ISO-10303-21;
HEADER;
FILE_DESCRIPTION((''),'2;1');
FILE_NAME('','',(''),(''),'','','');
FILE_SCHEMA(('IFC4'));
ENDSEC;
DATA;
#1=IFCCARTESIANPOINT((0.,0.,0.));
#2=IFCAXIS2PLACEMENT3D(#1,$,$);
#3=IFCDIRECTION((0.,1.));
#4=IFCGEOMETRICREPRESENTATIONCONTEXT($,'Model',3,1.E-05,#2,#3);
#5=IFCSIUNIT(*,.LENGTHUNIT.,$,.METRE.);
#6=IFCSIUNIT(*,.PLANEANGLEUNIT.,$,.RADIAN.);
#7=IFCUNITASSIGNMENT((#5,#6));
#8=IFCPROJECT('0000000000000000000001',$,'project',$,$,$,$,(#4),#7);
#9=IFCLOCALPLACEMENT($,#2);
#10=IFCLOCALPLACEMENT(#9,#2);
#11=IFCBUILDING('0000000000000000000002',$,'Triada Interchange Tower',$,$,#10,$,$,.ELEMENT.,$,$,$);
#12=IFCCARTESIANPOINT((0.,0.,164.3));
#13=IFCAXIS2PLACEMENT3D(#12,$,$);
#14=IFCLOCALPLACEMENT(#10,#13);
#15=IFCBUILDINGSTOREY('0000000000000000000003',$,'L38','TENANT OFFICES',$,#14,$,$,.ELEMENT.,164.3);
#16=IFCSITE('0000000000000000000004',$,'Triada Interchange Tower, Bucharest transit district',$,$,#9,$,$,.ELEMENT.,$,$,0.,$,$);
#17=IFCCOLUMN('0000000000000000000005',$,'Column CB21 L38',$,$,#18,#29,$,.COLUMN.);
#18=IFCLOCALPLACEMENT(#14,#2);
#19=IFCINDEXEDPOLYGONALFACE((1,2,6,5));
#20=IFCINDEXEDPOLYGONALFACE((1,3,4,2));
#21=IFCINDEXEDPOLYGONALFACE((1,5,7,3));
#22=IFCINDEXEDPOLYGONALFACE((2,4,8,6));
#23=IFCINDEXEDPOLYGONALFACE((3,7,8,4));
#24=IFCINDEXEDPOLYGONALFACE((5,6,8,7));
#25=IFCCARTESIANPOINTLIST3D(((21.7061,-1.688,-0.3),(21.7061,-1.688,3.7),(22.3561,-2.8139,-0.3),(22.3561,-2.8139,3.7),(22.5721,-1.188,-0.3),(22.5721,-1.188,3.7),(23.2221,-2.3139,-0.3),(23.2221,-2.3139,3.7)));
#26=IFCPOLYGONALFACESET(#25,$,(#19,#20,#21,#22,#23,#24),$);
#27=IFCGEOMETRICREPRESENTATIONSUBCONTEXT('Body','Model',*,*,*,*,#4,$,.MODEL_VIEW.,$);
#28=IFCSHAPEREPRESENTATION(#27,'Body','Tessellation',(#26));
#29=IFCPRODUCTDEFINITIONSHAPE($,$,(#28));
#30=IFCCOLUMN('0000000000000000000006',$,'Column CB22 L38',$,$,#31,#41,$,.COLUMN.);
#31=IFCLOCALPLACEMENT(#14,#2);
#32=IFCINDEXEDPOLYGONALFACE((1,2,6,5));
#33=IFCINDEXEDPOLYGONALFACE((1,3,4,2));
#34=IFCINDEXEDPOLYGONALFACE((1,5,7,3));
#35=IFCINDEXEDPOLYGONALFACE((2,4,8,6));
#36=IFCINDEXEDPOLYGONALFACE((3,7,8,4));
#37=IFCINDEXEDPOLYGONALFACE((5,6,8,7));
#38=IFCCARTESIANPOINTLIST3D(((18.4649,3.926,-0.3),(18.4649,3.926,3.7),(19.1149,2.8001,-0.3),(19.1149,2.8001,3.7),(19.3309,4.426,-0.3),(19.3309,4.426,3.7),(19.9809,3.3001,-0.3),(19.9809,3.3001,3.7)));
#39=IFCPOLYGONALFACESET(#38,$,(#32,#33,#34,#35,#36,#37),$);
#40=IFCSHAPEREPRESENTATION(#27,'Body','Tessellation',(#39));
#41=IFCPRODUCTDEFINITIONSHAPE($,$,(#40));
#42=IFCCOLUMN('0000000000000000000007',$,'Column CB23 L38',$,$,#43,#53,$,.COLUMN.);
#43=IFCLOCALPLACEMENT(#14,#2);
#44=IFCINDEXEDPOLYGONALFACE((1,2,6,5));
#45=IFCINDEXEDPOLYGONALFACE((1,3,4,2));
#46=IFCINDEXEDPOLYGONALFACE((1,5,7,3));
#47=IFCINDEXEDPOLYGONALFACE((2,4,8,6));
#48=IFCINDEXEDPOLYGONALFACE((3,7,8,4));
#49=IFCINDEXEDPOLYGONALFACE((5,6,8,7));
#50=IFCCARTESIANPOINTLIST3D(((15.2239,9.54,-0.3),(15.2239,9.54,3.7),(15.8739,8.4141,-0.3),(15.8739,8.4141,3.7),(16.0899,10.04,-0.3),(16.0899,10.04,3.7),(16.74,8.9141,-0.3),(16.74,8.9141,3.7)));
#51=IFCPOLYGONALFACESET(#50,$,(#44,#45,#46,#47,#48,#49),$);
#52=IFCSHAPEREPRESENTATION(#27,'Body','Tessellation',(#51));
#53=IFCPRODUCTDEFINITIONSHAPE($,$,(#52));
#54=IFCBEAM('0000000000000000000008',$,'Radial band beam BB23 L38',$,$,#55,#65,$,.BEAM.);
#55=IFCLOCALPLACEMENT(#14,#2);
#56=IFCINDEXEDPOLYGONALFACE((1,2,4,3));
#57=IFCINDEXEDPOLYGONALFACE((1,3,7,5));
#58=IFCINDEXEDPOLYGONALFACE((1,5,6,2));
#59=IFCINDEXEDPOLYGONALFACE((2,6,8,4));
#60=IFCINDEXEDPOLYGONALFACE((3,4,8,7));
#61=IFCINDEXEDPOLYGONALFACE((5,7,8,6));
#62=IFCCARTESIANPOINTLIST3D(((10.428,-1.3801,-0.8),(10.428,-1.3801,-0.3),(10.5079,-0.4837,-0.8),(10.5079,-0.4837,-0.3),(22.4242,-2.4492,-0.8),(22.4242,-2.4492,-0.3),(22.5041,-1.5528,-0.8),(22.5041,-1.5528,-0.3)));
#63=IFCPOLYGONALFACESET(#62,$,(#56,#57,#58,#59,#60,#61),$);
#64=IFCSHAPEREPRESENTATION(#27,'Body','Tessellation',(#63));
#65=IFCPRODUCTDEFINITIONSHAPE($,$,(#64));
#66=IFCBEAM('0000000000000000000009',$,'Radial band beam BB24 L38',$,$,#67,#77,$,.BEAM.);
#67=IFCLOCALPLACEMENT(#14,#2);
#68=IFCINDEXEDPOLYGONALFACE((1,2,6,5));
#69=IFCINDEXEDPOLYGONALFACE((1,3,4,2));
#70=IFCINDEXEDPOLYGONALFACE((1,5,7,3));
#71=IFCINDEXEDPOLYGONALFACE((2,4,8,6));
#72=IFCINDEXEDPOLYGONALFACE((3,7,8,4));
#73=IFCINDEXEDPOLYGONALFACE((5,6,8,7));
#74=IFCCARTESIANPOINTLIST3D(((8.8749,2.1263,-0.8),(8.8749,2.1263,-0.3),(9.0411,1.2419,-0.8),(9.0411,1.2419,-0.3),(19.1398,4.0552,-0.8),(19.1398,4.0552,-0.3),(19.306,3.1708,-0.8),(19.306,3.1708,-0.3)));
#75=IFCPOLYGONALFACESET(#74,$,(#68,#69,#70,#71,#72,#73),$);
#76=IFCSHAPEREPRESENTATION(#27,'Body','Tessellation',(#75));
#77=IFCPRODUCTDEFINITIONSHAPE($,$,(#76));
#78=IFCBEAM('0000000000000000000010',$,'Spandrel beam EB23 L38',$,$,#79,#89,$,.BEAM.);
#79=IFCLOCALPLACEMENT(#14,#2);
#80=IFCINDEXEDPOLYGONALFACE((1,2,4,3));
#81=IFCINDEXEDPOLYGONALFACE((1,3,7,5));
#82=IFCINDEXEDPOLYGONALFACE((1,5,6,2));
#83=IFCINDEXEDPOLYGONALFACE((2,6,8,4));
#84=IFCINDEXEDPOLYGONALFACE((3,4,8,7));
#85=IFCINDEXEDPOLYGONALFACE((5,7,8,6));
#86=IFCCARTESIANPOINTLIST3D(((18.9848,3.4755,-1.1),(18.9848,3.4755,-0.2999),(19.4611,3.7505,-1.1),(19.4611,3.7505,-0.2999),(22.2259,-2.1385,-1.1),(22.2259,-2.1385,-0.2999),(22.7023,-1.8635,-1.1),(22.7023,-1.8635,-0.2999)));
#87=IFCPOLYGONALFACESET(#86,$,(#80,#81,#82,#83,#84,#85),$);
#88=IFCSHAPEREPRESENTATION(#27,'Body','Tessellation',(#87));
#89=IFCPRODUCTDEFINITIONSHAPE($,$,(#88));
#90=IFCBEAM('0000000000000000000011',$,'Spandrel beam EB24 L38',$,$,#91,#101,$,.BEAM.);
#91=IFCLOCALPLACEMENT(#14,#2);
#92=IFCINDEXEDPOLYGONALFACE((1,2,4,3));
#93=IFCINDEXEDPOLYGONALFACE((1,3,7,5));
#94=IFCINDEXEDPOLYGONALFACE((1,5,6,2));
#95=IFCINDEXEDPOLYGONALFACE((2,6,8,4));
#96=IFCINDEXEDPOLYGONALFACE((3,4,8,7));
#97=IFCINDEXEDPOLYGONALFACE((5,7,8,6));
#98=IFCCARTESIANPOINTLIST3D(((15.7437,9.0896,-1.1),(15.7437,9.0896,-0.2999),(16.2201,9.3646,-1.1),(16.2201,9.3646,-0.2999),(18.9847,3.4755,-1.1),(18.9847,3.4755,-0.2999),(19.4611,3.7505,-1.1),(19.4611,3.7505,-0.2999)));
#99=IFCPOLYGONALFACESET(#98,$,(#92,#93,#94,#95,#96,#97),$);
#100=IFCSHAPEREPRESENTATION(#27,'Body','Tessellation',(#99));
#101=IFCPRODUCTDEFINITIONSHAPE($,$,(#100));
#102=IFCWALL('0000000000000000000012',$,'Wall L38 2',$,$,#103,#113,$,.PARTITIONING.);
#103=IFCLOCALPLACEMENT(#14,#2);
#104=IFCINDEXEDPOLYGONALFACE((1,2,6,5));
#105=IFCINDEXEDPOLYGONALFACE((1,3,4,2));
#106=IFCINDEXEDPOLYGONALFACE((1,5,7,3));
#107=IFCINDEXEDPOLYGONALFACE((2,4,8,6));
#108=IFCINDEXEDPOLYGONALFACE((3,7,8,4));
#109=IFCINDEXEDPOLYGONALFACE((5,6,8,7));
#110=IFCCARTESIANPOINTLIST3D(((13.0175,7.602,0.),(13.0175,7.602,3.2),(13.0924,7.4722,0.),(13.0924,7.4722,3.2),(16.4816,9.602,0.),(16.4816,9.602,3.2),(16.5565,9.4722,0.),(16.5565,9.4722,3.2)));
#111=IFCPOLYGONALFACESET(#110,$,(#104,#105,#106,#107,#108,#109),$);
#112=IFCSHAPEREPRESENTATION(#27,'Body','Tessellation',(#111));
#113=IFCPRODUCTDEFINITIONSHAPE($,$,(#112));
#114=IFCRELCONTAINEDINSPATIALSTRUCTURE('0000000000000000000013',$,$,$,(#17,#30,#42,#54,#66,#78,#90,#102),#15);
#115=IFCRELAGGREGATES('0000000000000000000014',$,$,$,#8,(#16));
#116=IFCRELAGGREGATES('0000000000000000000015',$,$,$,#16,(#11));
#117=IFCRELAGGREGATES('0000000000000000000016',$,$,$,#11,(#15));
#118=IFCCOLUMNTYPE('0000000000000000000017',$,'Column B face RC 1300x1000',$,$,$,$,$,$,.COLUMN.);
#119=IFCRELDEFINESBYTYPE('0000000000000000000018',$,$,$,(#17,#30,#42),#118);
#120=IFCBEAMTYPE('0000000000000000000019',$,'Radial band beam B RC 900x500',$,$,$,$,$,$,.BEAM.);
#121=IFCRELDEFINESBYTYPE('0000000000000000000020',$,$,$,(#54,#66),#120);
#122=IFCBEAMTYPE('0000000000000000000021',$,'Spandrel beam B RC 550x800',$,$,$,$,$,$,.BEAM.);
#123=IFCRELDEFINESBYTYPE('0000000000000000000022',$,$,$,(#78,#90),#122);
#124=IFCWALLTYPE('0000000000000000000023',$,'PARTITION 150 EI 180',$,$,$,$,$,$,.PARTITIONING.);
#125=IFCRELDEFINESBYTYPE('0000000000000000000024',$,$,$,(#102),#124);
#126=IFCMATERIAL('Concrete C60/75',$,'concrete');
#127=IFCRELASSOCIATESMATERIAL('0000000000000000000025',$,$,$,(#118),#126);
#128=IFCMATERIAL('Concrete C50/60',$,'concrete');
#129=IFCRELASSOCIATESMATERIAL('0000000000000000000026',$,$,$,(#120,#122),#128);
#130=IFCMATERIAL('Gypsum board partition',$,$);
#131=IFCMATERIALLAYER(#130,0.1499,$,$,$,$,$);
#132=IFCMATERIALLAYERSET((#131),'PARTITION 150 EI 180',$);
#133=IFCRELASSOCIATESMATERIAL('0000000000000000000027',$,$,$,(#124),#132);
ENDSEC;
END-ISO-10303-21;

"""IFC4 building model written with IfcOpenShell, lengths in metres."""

from ifc_helpers import new_model, si_unit, direction, frame, frame_2d, origin, origin_2d, place, context, subcontext, project, spatial, rectangle, extrude, material, layer, layer_set, material_profile, profile_set, type_object, element, save


model = new_model("IFC4")

# Units and contexts
model_context = context("Model", 3, precision=1e-05, world=origin(), true_north=direction((0.0, 1.0)))
body_context = subcontext(model_context, "Body", "Model", "MODEL_VIEW")
ifc_project = project(units=[si_unit("LENGTHUNIT", "METRE"), si_unit("PLANEANGLEUNIT", "RADIAN")], contexts=[model_context])

# Site, building, storey
site_placement = place(None, origin())
site = spatial("IfcSite", under=ifc_project, at=site_placement, Name="Triada Interchange Tower, Bucharest transit district", CompositionType="ELEMENT", RefElevation=0.0)
building_placement = place(site_placement, origin())
building = spatial("IfcBuilding", under=site, at=building_placement, Name="Triada Interchange Tower", CompositionType="ELEMENT")
storey_placement = place(building_placement, frame((0.0, 0.0, 164.3)))
storey = spatial("IfcBuildingStorey", under=building, at=storey_placement, Name="L38", Description="TENANT OFFICES", CompositionType="ELEMENT", Elevation=164.3)

# Columns
ifc_material_1 = material(Name="Concrete C60/75", Category="concrete")
ifc_material_profile_1 = material_profile(ifc_material_1, rectangle(XDim=1.3, YDim=1.0, at=origin_2d()), Name="RC 1300x1000")
ifc_profile_set_1 = profile_set([ifc_material_profile_1], Name="Concrete C60/75")
column_type = type_object("IfcColumnType", Name="Column B face RC 1300x1000", PredefinedType="COLUMN", material=ifc_profile_set_1)
for number, where, z_axis, x_axis, name in (
    (1, (22.4641, -2.001, -0.3), (0.0, 0.0, 1.0), (-0.5, 0.866025, 0.0), "Column CB21 L38"),
    (2, (19.2229, 3.613, -0.3), (0.0, 0.0, 1.0), (-0.5, 0.866025, 0.0), "Column CB22 L38"),
    (3, (15.9819, 9.2271, -0.3), (0.0, 0.0, 1.0), (-0.5, 0.866025, 0.0), "Column CB23 L38"),
):
    element("IfcColumn", number, at=place(storey_placement, frame(where, z_axis=z_axis, x_axis=x_axis)), inside=storey, type_object=column_type, Name=name, PredefinedType="COLUMN", context=body_context, shape_type="SweptSolid", body=[
        extrude(rectangle(XDim=1.3, YDim=1.0, at=origin_2d()), origin(), (0.0, 0.0, 1.0), 4.0),
    ])

# Beams
ifc_material_2 = material(Name="Concrete C50/60", Category="concrete")
ifc_material_profile_2 = material_profile(ifc_material_2, rectangle(XDim=0.8999, YDim=0.5, at=origin_2d()), Name="RC 900x500")
ifc_profile_set_2 = profile_set([ifc_material_profile_2], Name="Concrete C50/60")
beam_type_1 = type_object("IfcBeamType", Name="Radial band beam B RC 900x500", PredefinedType="BEAM", material=ifc_profile_set_2)
beam_1_placement = place(storey_placement, frame((22.4641, -2.001, -0.55), z_axis=(-0.996052, 0.088768, 0.0), x_axis=(-0.088768, -0.996052, 0.0)))
element("IfcBeam", 4, at=beam_1_placement, inside=storey, type_object=beam_type_1, Name="Radial band beam BB23 L38", PredefinedType="BEAM", context=body_context, shape_type="SweptSolid", body=[
    extrude(rectangle(XDim=0.8999, YDim=0.5, at=origin_2d()), origin(), (0.0, 0.0, 1.0), 12.0437),
])
beam_2_placement = place(storey_placement, frame((19.2229, 3.613, -0.55), z_axis=(-0.982798, -0.184685, 0.0), x_axis=(0.184685, -0.982798, 0.0)))
element("IfcBeam", 5, at=beam_2_placement, inside=storey, type_object=beam_type_1, Name="Radial band beam BB24 L38", PredefinedType="BEAM", context=body_context, shape_type="SweptSolid", body=[
    extrude(rectangle(XDim=0.8999, YDim=0.5, at=origin_2d()), origin(), (0.0, 0.0, 1.0), 10.4446),
])
ifc_material_profile_3 = material_profile(ifc_material_2, rectangle(XDim=0.55, YDim=0.8, at=origin_2d()), Name="RC 550x800")
ifc_profile_set_3 = profile_set([ifc_material_profile_3], Name="Concrete C50/60")
beam_type_2 = type_object("IfcBeamType", Name="Spandrel beam B RC 550x800", PredefinedType="BEAM", material=ifc_profile_set_3)
for number, where, z_axis, x_axis, name in (
    (6, (22.4641, -2.001, -0.7), (-0.499995, 0.866028, 0.0), (-0.866028, -0.499995, 0.0), "Spandrel beam EB23 L38"),
    (7, (19.2229, 3.613, -0.7), (-0.499967, 0.866044, 0.0), (-0.866044, -0.499967, 0.0), "Spandrel beam EB24 L38"),
):
    element("IfcBeam", number, at=place(storey_placement, frame(where, z_axis=z_axis, x_axis=x_axis)), inside=storey, type_object=beam_type_2, Name=name, PredefinedType="BEAM", context=body_context, shape_type="SweptSolid", body=[
        extrude(rectangle(XDim=0.55, YDim=0.8, at=origin_2d()), origin(), (0.0, 0.0, 1.0), 6.4824),
    ])

# Wall
ifc_material_3 = material(Name="Gypsum board partition")
ifc_layer_1 = layer(ifc_material_3, 0.1499)
ifc_layer_set_1 = layer_set([ifc_layer_1], Name="PARTITION 150 EI 180")
wall_type = type_object("IfcWallType", Name="PARTITION 150 EI 180", PredefinedType="PARTITIONING", material=ifc_layer_set_1)
wall_1_placement = place(storey_placement, frame((13.0549, 7.5371, 0.0), z_axis=(0.0, 0.0, 1.0), x_axis=(0.866026, 0.499999, 0.0)))
element("IfcWall", 8, at=wall_1_placement, inside=storey, type_object=wall_type, Name="Wall L38 2", PredefinedType="PARTITIONING", context=body_context, shape_type="SweptSolid", body=[
    extrude(rectangle(XDim=4.0, YDim=0.1499, at=frame_2d((2.0, 0.0))), origin(), (0.0, 0.0, 1.0), 3.2),
])

save(model, "model.ifc")
